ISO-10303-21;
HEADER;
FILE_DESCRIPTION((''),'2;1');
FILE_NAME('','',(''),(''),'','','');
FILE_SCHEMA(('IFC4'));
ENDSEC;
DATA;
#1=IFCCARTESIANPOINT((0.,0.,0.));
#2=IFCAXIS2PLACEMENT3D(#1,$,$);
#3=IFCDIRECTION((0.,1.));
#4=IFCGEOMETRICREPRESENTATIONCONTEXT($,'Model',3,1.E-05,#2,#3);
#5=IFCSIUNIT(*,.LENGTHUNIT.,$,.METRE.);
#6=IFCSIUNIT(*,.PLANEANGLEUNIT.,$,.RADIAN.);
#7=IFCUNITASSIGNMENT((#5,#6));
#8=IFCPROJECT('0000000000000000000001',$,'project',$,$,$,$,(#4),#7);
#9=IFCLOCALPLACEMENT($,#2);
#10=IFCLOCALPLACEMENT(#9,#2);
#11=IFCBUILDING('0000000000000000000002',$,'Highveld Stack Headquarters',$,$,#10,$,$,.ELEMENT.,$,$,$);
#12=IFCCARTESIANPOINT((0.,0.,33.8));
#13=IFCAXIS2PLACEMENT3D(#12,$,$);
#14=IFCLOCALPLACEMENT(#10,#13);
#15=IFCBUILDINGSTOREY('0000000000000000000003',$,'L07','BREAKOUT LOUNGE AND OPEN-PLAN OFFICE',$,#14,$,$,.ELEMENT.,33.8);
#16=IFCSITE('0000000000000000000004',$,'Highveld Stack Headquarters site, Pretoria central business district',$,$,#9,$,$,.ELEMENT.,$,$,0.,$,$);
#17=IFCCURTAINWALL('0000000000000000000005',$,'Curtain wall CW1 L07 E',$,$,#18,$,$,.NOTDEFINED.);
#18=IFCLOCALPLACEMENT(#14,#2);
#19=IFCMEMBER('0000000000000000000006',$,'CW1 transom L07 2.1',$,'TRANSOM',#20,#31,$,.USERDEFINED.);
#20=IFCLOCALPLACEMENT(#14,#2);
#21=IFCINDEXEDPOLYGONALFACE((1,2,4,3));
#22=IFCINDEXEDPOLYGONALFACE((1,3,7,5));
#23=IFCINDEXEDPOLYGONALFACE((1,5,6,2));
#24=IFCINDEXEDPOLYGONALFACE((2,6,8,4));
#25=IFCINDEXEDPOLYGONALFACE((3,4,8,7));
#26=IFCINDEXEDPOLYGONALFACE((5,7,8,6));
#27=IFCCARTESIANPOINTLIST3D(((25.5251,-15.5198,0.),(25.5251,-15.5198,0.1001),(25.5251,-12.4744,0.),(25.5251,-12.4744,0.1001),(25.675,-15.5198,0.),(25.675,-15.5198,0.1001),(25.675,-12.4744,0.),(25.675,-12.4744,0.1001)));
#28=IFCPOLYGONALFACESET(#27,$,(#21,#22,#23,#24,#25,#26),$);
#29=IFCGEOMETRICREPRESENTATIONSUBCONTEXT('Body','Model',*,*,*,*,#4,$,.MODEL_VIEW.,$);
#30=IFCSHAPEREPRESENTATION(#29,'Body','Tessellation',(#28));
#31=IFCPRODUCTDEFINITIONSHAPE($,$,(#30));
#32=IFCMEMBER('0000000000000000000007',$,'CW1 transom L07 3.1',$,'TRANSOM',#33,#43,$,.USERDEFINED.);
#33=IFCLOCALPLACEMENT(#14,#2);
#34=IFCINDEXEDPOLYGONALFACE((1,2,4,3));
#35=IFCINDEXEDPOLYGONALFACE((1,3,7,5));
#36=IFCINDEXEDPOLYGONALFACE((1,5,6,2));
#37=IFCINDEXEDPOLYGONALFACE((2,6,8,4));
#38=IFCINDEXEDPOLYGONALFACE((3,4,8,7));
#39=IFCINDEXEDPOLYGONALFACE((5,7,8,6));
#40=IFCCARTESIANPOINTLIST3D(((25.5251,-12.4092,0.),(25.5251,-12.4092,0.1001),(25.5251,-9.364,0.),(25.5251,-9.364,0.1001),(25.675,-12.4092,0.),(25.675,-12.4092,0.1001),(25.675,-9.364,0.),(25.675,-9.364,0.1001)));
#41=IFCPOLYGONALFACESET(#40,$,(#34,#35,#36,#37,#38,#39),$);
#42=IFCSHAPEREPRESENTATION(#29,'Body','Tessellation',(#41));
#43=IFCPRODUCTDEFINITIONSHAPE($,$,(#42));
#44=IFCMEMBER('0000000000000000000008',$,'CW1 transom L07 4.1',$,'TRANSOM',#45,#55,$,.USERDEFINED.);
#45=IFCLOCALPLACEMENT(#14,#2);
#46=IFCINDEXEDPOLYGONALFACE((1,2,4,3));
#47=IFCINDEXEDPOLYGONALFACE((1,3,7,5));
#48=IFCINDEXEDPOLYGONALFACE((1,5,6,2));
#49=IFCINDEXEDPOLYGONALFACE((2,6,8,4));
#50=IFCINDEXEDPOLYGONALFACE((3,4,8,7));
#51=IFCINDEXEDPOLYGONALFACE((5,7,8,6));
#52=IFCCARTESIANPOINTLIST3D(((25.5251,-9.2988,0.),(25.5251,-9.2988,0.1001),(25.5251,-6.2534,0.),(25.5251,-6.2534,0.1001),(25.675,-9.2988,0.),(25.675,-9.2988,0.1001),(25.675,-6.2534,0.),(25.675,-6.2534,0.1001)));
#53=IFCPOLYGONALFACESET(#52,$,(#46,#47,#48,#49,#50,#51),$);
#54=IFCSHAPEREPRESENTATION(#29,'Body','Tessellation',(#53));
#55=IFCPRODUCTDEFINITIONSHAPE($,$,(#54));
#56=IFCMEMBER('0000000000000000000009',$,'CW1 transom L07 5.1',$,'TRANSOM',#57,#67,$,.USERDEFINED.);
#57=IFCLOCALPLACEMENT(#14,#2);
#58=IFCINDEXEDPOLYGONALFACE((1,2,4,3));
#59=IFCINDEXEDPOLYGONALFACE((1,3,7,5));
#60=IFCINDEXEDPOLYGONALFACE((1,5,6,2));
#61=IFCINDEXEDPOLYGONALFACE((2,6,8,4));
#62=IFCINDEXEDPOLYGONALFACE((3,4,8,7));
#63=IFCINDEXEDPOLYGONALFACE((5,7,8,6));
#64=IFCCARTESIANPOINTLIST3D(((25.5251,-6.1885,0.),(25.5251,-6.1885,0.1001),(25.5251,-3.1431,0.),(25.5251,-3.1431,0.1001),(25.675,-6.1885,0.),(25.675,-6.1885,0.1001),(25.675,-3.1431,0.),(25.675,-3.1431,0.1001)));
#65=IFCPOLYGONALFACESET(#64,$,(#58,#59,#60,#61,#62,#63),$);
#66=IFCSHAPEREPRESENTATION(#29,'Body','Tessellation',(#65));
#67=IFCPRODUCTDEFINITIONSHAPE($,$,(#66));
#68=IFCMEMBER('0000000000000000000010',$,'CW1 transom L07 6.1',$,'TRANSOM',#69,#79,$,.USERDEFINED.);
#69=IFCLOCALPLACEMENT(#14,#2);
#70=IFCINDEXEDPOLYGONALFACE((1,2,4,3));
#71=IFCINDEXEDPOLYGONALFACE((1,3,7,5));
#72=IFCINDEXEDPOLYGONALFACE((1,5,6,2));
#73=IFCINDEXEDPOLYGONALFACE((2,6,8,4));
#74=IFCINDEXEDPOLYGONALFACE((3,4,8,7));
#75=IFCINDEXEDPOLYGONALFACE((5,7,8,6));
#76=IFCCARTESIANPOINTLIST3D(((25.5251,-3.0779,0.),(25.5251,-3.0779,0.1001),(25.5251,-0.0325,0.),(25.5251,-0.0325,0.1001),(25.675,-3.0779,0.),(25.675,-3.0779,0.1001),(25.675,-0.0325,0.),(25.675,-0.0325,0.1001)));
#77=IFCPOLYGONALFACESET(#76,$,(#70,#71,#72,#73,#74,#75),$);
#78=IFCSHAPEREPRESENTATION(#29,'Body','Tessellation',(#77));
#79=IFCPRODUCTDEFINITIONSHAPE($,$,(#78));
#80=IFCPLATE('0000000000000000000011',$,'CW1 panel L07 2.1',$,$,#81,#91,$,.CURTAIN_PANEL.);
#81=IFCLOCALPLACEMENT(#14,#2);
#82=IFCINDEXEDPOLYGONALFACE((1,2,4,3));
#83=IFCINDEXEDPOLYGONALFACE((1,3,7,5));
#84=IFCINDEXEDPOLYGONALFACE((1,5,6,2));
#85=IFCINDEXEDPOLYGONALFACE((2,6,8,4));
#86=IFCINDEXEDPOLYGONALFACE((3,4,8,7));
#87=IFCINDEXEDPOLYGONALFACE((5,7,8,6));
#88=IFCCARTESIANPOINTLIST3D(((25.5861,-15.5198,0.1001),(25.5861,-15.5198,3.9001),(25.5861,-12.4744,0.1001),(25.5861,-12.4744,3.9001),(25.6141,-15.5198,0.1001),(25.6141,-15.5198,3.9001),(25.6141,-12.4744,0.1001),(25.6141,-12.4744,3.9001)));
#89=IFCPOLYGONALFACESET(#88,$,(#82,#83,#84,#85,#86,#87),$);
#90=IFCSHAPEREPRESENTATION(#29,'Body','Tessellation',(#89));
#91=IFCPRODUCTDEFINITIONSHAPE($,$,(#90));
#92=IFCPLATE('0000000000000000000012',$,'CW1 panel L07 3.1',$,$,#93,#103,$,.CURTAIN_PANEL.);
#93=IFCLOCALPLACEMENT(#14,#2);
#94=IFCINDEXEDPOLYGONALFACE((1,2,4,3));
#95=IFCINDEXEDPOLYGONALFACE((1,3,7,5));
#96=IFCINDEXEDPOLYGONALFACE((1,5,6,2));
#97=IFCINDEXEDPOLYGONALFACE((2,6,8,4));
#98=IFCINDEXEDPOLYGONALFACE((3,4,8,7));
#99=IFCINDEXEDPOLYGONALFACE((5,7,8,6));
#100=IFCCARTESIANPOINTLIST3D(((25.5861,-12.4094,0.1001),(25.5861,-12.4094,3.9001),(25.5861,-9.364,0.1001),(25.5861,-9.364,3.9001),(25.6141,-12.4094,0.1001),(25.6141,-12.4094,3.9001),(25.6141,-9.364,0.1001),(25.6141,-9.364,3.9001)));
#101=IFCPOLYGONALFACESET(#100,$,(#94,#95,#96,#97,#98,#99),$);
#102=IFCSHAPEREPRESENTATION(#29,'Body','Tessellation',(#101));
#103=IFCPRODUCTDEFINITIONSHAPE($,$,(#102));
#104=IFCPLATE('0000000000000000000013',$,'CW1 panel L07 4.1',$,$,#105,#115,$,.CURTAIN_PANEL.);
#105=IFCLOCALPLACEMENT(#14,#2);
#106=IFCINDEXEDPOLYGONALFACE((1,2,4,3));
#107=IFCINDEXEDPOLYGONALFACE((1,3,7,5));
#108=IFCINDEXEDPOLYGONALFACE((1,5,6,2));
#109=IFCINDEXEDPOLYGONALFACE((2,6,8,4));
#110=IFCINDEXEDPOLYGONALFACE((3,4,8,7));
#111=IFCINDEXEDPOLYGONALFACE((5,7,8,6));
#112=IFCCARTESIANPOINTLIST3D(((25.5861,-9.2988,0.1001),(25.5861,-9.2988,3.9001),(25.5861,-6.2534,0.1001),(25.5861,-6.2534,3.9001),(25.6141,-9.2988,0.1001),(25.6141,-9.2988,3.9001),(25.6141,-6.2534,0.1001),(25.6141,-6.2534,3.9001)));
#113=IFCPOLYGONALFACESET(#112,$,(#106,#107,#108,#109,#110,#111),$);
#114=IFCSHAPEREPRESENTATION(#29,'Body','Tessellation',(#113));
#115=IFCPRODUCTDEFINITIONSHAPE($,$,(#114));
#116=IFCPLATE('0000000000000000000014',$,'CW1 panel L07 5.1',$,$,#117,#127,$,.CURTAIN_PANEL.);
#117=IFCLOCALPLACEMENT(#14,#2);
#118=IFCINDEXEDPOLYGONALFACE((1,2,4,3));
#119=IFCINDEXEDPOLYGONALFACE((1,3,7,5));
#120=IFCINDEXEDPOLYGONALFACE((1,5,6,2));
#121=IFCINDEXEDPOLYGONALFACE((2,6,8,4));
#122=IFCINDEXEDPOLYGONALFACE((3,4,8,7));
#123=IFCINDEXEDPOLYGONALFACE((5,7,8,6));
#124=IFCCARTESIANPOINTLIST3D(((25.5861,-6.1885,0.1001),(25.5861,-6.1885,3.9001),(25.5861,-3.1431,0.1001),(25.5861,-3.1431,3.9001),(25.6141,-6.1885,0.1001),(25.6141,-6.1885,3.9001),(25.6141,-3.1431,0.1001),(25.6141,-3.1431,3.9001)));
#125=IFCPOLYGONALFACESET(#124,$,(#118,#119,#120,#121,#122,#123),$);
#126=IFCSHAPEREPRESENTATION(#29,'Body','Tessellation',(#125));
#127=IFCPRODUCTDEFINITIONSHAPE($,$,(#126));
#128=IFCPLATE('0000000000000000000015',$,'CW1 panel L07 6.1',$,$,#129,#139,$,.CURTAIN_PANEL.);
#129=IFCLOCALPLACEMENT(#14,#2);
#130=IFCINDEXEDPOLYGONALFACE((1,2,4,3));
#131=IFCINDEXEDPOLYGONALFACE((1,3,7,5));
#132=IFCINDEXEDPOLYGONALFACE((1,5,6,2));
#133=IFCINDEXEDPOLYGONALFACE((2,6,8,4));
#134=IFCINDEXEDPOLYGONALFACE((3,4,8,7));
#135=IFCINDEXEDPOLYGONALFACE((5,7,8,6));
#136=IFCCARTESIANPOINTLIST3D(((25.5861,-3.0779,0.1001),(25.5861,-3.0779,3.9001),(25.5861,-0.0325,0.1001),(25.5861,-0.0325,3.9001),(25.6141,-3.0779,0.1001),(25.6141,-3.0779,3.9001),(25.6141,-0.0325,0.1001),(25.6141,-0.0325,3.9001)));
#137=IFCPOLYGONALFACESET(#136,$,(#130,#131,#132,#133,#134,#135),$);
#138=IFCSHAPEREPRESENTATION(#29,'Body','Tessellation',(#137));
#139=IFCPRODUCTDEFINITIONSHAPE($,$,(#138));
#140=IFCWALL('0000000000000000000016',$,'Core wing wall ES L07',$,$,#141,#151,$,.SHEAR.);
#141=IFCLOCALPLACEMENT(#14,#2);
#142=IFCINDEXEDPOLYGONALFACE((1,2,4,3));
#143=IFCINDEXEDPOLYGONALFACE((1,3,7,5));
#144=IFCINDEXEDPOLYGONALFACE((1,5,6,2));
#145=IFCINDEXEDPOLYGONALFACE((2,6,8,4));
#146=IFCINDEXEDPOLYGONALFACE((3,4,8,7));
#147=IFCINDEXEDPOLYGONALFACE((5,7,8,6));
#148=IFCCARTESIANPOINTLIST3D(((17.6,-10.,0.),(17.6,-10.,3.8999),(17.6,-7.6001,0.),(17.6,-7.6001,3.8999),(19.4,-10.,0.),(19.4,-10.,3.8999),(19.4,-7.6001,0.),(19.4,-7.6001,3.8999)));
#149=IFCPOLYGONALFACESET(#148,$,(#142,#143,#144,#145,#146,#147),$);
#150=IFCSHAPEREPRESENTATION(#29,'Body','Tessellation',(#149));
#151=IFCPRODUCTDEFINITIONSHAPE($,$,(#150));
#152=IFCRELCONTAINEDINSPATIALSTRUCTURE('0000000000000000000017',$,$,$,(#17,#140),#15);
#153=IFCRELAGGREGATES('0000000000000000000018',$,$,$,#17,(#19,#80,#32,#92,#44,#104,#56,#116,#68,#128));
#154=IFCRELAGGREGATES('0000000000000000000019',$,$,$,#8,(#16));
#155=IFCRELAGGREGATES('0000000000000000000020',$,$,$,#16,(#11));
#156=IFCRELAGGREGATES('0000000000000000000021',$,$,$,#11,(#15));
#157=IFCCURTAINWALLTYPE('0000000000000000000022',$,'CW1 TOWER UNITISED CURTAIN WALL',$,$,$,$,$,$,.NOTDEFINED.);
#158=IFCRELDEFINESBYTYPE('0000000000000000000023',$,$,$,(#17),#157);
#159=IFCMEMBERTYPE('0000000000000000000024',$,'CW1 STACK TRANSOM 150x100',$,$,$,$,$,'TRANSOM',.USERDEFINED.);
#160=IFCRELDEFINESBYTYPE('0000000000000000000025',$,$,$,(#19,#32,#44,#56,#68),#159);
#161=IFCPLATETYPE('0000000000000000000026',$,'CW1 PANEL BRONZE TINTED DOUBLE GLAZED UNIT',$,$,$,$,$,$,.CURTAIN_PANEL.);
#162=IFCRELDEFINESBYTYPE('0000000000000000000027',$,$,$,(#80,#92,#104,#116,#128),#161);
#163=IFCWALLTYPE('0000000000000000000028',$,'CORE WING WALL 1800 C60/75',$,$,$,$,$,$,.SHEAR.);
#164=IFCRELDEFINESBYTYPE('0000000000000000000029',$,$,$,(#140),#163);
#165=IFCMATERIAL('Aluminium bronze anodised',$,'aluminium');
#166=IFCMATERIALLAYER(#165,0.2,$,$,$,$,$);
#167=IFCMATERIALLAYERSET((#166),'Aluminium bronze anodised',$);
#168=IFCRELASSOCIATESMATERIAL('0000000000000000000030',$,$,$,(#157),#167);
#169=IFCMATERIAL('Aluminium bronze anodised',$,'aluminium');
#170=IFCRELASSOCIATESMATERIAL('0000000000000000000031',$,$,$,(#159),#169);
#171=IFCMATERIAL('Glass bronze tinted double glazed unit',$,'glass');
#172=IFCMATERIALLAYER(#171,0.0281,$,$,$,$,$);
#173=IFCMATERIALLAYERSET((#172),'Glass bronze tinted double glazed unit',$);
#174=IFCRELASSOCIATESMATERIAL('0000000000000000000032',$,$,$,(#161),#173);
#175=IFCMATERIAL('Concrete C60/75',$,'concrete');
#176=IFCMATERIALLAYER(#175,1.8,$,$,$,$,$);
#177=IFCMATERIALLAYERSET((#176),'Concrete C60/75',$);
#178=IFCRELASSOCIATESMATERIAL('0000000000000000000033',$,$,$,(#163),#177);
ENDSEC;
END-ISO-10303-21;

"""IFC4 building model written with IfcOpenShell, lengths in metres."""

from ifc_helpers import new_model, si_unit, direction, frame, frame_2d, origin, origin_2d, place, context, subcontext, project, spatial, rectangle, extrude, material, layer, layer_set, material_profile, profile_set, type_object, element, aggregate, save


model = new_model("IFC4")

# Units and contexts
model_context = context("Model", 3, precision=1e-05, world=origin(), true_north=direction((0.0, 1.0)))
body_context = subcontext(model_context, "Body", "Model", "MODEL_VIEW")
ifc_project = project(units=[si_unit("LENGTHUNIT", "METRE"), si_unit("PLANEANGLEUNIT", "RADIAN")], contexts=[model_context])

# Site, building, storey
site_placement = place(None, origin())
site = spatial("IfcSite", under=ifc_project, at=site_placement, Name="Highveld Stack Headquarters site, Pretoria central business district", CompositionType="ELEMENT", RefElevation=0.0)
building_placement = place(site_placement, origin())
building = spatial("IfcBuilding", under=site, at=building_placement, Name="Highveld Stack Headquarters", CompositionType="ELEMENT")
storey_placement = place(building_placement, frame((0.0, 0.0, 33.8)))
storey = spatial("IfcBuildingStorey", under=building, at=storey_placement, Name="L07", Description="BREAKOUT LOUNGE AND OPEN-PLAN OFFICE", CompositionType="ELEMENT", Elevation=33.8)

# Curtain wall, members, plates
ifc_material_1 = material(Name="Aluminium bronze anodised", Category="aluminium")
ifc_layer_1 = layer(ifc_material_1, 0.2)
ifc_layer_set_1 = layer_set([ifc_layer_1], Name="Aluminium bronze anodised")
curtain_wall_type = type_object("IfcCurtainWallType", Name="CW1 TOWER UNITISED CURTAIN WALL", PredefinedType="NOTDEFINED", material=ifc_layer_set_1)
curtain_wall_placement = place(storey_placement, origin())
curtain_wall = element("IfcCurtainWall", 1, at=curtain_wall_placement, inside=storey, type_object=curtain_wall_type, Name="Curtain wall CW1 L07 E", PredefinedType="NOTDEFINED")
ifc_material_2 = material(Name="Aluminium bronze anodised", Category="aluminium")
ifc_material_profile_1 = material_profile(ifc_material_2, rectangle(XDim=0.1499, YDim=0.1001, at=origin_2d()), Name="CW1 TRANSOM 150x100")
ifc_profile_set_1 = profile_set([ifc_material_profile_1], Name="Aluminium bronze anodised")
member_type_1 = type_object("IfcMemberType", Name="CW1 STACK TRANSOM 150x100", ElementType="TRANSOM", PredefinedType="USERDEFINED", material=ifc_profile_set_1)
member_1_placement = place(storey_placement, frame((25.6001, -15.5198, 0.05), z_axis=(0.0, 1.0, 0.0), x_axis=(-1.0, 0.0, 0.0)))
member_1 = element("IfcMember", 2, at=member_1_placement, type_object=member_type_1, Name="CW1 transom L07 2.1", ObjectType="TRANSOM", PredefinedType="USERDEFINED", context=body_context, shape_type="SweptSolid", body=[
    extrude(rectangle(XDim=0.1499, YDim=0.1001, at=origin_2d()), origin(), (0.0, 0.0, 1.0), 3.0454),
])
member_2_placement = place(storey_placement, frame((25.6001, -12.4092, 0.05), z_axis=(0.0, 1.0, 0.0), x_axis=(-1.0, 0.0, 0.0)))
member_2 = element("IfcMember", 3, at=member_2_placement, type_object=member_type_1, Name="CW1 transom L07 3.1", ObjectType="TRANSOM", PredefinedType="USERDEFINED", context=body_context, shape_type="SweptSolid", body=[
    extrude(rectangle(XDim=0.1499, YDim=0.1001, at=origin_2d()), origin(), (0.0, 0.0, 1.0), 3.0452),
])
member_3_placement = place(storey_placement, frame((25.6001, -9.2988, 0.05), z_axis=(0.0, 1.0, 0.0), x_axis=(-1.0, 0.0, 0.0)))
member_3 = element("IfcMember", 4, at=member_3_placement, type_object=member_type_1, Name="CW1 transom L07 4.1", ObjectType="TRANSOM", PredefinedType="USERDEFINED", context=body_context, shape_type="SweptSolid", body=[
    extrude(rectangle(XDim=0.1499, YDim=0.1001, at=origin_2d()), origin(), (0.0, 0.0, 1.0), 3.0454),
])
member_4_placement = place(storey_placement, frame((25.6001, -6.1885, 0.05), z_axis=(0.0, 1.0, 0.0), x_axis=(-1.0, 0.0, 0.0)))
member_4 = element("IfcMember", 5, at=member_4_placement, type_object=member_type_1, Name="CW1 transom L07 5.1", ObjectType="TRANSOM", PredefinedType="USERDEFINED", context=body_context, shape_type="SweptSolid", body=[
    extrude(rectangle(XDim=0.1499, YDim=0.1001, at=origin_2d()), origin(), (0.0, 0.0, 1.0), 3.0454),
])
member_5_placement = place(storey_placement, frame((25.6001, -3.0779, 0.05), z_axis=(0.0, 1.0, 0.0), x_axis=(-1.0, 0.0, 0.0)))
member_5 = element("IfcMember", 6, at=member_5_placement, type_object=member_type_1, Name="CW1 transom L07 6.1", ObjectType="TRANSOM", PredefinedType="USERDEFINED", context=body_context, shape_type="SweptSolid", body=[
    extrude(rectangle(XDim=0.1499, YDim=0.1001, at=origin_2d()), origin(), (0.0, 0.0, 1.0), 3.0454),
])
ifc_material_3 = material(Name="Glass bronze tinted double glazed unit", Category="glass")
ifc_layer_2 = layer(ifc_material_3, 0.0281)
ifc_layer_set_2 = layer_set([ifc_layer_2], Name="Glass bronze tinted double glazed unit")
plate_type = type_object("IfcPlateType", Name="CW1 PANEL BRONZE TINTED DOUBLE GLAZED UNIT", PredefinedType="CURTAIN_PANEL", material=ifc_layer_set_2)
plate_1_placement = place(storey_placement, frame((25.6001, -13.9971, 0.1001), z_axis=(0.0, 0.0, 1.0), x_axis=(0.0, 1.0, 0.0)))
plate_1 = element("IfcPlate", 7, at=plate_1_placement, type_object=plate_type, Name="CW1 panel L07 2.1", PredefinedType="CURTAIN_PANEL", context=body_context, shape_type="SweptSolid", body=[
    extrude(rectangle(XDim=3.0454, YDim=0.0281, at=origin_2d()), origin(), (0.0, 0.0, 1.0), 3.8),
])
plate_2_placement = place(storey_placement, frame((25.6001, -10.8867, 0.1001), z_axis=(0.0, 0.0, 1.0), x_axis=(0.0, 1.0, 0.0)))
plate_2 = element("IfcPlate", 8, at=plate_2_placement, type_object=plate_type, Name="CW1 panel L07 3.1", PredefinedType="CURTAIN_PANEL", context=body_context, shape_type="SweptSolid", body=[
    extrude(rectangle(XDim=3.0454, YDim=0.0281, at=origin_2d()), origin(), (0.0, 0.0, 1.0), 3.8),
])
plate_3_placement = place(storey_placement, frame((25.6001, -7.7761, 0.1001), z_axis=(0.0, 0.0, 1.0), x_axis=(0.0, 1.0, 0.0)))
plate_3 = element("IfcPlate", 9, at=plate_3_placement, type_object=plate_type, Name="CW1 panel L07 4.1", PredefinedType="CURTAIN_PANEL", context=body_context, shape_type="SweptSolid", body=[
    extrude(rectangle(XDim=3.0454, YDim=0.0281, at=origin_2d()), origin(), (0.0, 0.0, 1.0), 3.8),
])
plate_4_placement = place(storey_placement, frame((25.6001, -4.6658, 0.1001), z_axis=(0.0, 0.0, 1.0), x_axis=(0.0, 1.0, 0.0)))
plate_4 = element("IfcPlate", 10, at=plate_4_placement, type_object=plate_type, Name="CW1 panel L07 5.1", PredefinedType="CURTAIN_PANEL", context=body_context, shape_type="SweptSolid", body=[
    extrude(rectangle(XDim=3.0454, YDim=0.0281, at=origin_2d()), origin(), (0.0, 0.0, 1.0), 3.8),
])
plate_5_placement = place(storey_placement, frame((25.6001, -1.5552, 0.1001), z_axis=(0.0, 0.0, 1.0), x_axis=(0.0, 1.0, 0.0)))
plate_5 = element("IfcPlate", 11, at=plate_5_placement, type_object=plate_type, Name="CW1 panel L07 6.1", PredefinedType="CURTAIN_PANEL", context=body_context, shape_type="SweptSolid", body=[
    extrude(rectangle(XDim=3.0454, YDim=0.0281, at=origin_2d()), origin(), (0.0, 0.0, 1.0), 3.8),
])
aggregate(curtain_wall, [member_1, plate_1, member_2, plate_2, member_3, plate_3, member_4, plate_4, member_5, plate_5])

# Wall
ifc_material_4 = material(Name="Concrete C60/75", Category="concrete")
ifc_layer_3 = layer(ifc_material_4, 1.8)
ifc_layer_set_3 = layer_set([ifc_layer_3], Name="Concrete C60/75")
wall_type_1 = type_object("IfcWallType", Name="CORE WING WALL 1800 C60/75", PredefinedType="SHEAR", material=ifc_layer_set_3)
wall_1_placement = place(storey_placement, frame((18.5, -10.0, 0.0), z_axis=(0.0, 0.0, 1.0), x_axis=(0.0, 1.0, 0.0)))
element("IfcWall", 12, at=wall_1_placement, inside=storey, type_object=wall_type_1, Name="Core wing wall ES L07", PredefinedType="SHEAR", context=body_context, shape_type="SweptSolid", body=[
    extrude(rectangle(XDim=2.3999, YDim=1.8, at=frame_2d((1.2, 0.0))), origin(), (0.0, 0.0, 1.0), 3.8999),
])

save(model, "model.ifc")
